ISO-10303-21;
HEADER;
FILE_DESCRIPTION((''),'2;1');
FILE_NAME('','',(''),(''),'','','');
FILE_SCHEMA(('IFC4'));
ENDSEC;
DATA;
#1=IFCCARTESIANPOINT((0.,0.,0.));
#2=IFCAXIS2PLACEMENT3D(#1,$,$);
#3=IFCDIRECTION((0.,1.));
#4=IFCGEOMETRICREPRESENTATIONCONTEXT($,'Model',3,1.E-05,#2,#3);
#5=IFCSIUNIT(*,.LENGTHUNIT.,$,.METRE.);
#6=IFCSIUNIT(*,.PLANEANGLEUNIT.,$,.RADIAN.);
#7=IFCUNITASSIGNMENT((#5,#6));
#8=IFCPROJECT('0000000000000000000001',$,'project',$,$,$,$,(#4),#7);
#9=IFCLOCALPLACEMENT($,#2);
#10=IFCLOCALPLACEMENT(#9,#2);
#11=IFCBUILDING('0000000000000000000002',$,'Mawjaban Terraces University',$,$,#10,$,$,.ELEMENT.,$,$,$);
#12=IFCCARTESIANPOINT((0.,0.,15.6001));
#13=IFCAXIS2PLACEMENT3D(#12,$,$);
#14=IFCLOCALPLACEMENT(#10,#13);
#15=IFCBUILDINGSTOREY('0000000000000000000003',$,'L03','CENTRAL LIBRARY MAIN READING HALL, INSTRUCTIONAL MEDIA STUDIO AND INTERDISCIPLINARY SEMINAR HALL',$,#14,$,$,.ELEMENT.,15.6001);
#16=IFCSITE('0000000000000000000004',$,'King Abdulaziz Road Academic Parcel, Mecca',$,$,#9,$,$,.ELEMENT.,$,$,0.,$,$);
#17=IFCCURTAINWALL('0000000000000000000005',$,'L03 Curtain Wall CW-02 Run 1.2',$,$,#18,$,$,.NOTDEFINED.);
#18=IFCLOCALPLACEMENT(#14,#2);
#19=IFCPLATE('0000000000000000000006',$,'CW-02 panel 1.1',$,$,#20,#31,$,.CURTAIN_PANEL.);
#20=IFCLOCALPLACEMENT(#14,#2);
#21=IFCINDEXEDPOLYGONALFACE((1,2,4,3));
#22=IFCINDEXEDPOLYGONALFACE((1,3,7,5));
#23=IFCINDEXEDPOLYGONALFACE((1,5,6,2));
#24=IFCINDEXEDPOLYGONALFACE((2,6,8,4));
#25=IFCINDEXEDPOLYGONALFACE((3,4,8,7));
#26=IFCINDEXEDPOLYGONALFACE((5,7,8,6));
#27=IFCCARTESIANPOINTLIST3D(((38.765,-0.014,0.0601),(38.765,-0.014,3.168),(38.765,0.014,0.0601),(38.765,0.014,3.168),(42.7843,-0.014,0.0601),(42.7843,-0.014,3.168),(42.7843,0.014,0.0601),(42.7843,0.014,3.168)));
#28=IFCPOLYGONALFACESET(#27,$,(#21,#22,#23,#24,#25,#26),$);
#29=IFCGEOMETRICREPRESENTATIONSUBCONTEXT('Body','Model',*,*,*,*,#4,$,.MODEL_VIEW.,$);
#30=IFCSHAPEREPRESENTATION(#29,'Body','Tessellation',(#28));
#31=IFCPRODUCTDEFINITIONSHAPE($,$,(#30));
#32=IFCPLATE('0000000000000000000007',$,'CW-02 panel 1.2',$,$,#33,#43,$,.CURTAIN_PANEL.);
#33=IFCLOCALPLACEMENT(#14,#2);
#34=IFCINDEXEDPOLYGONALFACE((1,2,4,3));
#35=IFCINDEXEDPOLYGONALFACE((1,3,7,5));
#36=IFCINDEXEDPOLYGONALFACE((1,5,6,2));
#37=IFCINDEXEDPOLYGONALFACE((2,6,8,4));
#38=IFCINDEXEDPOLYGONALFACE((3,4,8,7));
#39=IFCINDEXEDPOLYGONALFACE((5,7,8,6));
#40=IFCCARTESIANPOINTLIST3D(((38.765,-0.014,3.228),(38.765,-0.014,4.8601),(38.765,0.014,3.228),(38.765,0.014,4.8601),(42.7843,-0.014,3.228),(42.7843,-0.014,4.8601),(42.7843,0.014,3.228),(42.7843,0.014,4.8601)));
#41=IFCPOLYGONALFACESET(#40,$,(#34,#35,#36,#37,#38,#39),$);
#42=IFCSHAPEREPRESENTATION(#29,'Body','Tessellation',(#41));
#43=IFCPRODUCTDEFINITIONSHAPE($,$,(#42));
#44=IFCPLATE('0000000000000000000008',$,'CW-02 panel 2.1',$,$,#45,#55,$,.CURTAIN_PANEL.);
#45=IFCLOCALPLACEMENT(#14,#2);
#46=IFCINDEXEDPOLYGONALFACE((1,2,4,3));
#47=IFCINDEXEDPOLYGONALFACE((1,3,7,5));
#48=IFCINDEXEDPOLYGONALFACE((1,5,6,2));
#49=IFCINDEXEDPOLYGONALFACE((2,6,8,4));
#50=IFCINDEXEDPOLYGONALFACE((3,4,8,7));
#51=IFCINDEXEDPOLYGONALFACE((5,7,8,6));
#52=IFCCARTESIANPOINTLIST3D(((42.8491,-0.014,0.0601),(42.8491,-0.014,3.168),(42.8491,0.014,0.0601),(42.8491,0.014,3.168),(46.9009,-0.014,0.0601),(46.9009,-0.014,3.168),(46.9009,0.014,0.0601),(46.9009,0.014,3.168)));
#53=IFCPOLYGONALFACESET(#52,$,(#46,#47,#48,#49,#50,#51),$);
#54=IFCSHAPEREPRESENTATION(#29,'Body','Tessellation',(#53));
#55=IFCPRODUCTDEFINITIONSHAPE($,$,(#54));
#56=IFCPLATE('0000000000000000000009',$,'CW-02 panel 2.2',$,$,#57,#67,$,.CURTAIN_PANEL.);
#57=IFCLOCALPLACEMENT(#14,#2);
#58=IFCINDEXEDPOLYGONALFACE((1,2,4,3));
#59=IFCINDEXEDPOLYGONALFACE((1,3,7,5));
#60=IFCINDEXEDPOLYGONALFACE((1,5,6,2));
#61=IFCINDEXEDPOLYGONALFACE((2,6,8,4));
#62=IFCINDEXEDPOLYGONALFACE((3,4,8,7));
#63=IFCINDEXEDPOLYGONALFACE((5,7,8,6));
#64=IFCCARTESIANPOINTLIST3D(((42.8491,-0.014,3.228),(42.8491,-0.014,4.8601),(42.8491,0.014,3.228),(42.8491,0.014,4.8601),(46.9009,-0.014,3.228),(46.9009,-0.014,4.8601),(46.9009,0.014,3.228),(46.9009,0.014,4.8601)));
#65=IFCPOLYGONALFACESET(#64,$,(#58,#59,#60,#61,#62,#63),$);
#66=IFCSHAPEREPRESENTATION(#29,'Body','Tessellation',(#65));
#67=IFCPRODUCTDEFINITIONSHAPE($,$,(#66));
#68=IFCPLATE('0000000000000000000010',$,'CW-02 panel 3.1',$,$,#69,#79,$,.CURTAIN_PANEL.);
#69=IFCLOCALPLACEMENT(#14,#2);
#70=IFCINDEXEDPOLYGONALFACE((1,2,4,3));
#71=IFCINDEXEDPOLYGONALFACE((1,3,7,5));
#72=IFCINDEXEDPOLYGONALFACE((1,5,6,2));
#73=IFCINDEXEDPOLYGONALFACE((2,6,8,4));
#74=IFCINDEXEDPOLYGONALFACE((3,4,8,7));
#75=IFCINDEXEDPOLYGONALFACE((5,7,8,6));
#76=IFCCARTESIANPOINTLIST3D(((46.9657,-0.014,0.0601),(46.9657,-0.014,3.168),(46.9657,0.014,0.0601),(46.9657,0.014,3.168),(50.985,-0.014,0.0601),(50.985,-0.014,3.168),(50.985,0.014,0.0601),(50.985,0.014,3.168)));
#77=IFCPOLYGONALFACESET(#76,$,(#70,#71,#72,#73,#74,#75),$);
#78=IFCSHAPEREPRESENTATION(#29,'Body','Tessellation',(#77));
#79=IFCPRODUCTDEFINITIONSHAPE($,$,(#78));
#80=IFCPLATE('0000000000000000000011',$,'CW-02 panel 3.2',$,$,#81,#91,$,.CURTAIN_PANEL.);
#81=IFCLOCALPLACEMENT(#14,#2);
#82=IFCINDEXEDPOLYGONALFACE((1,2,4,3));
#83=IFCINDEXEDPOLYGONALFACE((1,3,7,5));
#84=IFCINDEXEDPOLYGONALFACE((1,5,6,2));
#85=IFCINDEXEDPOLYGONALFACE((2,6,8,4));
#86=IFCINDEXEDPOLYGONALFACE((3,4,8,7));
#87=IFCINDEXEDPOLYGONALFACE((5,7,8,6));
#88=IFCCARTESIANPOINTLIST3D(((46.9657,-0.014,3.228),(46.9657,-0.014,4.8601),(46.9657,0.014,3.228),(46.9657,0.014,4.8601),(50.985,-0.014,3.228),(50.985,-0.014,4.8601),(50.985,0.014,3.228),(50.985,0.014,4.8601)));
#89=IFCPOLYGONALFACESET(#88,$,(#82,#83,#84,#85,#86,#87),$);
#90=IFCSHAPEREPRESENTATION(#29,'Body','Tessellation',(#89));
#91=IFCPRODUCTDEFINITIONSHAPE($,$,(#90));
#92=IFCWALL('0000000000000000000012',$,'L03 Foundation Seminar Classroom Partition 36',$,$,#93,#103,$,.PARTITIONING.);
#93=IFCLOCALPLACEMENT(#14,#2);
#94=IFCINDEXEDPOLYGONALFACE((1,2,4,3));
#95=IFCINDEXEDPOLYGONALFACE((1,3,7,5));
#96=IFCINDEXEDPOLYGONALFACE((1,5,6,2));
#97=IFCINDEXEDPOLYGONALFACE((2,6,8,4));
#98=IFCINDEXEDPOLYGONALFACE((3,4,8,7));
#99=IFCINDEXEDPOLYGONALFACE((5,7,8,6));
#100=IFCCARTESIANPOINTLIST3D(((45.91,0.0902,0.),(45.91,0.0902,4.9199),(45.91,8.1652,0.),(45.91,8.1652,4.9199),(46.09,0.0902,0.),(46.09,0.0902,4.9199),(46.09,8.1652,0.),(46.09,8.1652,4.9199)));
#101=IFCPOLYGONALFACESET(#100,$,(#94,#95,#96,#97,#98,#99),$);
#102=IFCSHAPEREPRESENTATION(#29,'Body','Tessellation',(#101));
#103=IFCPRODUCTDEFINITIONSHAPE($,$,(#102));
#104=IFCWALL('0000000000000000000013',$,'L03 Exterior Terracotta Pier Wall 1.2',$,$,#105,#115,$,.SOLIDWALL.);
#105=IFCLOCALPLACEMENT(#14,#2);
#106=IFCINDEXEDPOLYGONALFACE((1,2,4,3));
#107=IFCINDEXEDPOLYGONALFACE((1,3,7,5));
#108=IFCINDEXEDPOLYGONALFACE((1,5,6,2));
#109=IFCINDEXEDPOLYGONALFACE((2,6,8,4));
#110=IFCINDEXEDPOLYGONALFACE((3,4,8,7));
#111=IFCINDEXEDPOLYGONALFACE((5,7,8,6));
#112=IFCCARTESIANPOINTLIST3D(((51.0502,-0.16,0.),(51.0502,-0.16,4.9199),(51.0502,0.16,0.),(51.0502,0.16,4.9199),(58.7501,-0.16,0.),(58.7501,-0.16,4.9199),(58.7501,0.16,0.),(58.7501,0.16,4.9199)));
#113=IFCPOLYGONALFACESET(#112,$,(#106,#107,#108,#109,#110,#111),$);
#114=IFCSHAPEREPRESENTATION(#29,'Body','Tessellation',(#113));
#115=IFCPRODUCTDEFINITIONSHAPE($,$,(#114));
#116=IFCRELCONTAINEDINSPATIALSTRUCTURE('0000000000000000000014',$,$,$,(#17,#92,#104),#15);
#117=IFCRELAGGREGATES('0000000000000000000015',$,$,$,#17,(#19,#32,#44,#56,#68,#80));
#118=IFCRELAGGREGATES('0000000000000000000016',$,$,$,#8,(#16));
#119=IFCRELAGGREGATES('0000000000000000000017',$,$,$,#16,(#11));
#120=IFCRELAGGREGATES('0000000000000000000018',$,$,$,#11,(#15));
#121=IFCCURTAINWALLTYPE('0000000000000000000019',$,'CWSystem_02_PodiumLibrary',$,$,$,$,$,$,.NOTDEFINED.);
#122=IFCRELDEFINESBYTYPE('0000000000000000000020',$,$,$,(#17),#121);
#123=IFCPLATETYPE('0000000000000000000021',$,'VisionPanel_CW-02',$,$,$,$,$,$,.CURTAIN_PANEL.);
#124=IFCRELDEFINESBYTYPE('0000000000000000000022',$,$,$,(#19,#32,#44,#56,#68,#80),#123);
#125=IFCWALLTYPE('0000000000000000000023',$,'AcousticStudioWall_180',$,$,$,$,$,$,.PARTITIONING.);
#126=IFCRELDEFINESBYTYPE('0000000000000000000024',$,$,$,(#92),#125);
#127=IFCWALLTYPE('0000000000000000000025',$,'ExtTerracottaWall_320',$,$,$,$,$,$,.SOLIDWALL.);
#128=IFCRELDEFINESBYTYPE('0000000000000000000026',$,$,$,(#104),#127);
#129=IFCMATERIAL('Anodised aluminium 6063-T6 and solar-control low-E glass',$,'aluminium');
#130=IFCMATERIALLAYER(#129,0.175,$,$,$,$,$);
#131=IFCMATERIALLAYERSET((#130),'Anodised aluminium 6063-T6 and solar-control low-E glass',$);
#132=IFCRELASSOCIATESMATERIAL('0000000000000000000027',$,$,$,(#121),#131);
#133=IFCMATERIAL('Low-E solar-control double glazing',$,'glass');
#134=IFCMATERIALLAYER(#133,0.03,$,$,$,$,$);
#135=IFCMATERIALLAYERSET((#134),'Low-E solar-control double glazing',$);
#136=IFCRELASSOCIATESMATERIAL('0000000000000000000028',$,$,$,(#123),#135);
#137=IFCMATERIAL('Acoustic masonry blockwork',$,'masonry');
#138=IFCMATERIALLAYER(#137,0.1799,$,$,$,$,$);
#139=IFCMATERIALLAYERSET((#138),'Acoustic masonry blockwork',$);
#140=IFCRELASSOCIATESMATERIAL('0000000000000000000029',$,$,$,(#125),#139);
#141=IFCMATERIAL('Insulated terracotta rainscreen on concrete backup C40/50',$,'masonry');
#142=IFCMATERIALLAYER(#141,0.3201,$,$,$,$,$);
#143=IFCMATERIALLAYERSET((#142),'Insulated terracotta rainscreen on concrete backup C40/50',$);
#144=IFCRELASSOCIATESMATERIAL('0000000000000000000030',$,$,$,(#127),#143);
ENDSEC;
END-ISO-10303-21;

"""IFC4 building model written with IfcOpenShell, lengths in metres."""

from ifc_helpers import new_model, si_unit, direction, frame, frame_2d, origin, origin_2d, place, context, subcontext, project, spatial, rectangle, extrude, material, layer, layer_set, type_object, element, aggregate, save


model = new_model("IFC4")

# Units and contexts
model_context = context("Model", 3, precision=1e-05, world=origin(), true_north=direction((0.0, 1.0)))
body_context = subcontext(model_context, "Body", "Model", "MODEL_VIEW")
ifc_project = project(units=[si_unit("LENGTHUNIT", "METRE"), si_unit("PLANEANGLEUNIT", "RADIAN")], contexts=[model_context])

# Site, building, storey
site_placement = place(None, origin())
site = spatial("IfcSite", under=ifc_project, at=site_placement, Name="King Abdulaziz Road Academic Parcel, Mecca", CompositionType="ELEMENT", RefElevation=0.0)
building_placement = place(site_placement, origin())
building = spatial("IfcBuilding", under=site, at=building_placement, Name="Mawjaban Terraces University", CompositionType="ELEMENT")
storey_placement = place(building_placement, frame((0.0, 0.0, 15.6001)))
storey = spatial("IfcBuildingStorey", under=building, at=storey_placement, Name="L03", Description="CENTRAL LIBRARY MAIN READING HALL, INSTRUCTIONAL MEDIA STUDIO AND INTERDISCIPLINARY SEMINAR HALL", CompositionType="ELEMENT", Elevation=15.6001)

# Curtain wall, plates
ifc_material_1 = material(Name="Anodised aluminium 6063-T6 and solar-control low-E glass", Category="aluminium")
ifc_layer_1 = layer(ifc_material_1, 0.175)
ifc_layer_set_1 = layer_set([ifc_layer_1], Name="Anodised aluminium 6063-T6 and solar-control low-E glass")
curtain_wall_type = type_object("IfcCurtainWallType", Name="CWSystem_02_PodiumLibrary", PredefinedType="NOTDEFINED", material=ifc_layer_set_1)
curtain_wall_placement = place(storey_placement, origin())
curtain_wall = element("IfcCurtainWall", 1, at=curtain_wall_placement, inside=storey, type_object=curtain_wall_type, Name="L03 Curtain Wall CW-02 Run 1.2", PredefinedType="NOTDEFINED")
ifc_material_2 = material(Name="Low-E solar-control double glazing", Category="glass")
ifc_layer_2 = layer(ifc_material_2, 0.03)
ifc_layer_set_2 = layer_set([ifc_layer_2], Name="Low-E solar-control double glazing")
plate_type = type_object("IfcPlateType", Name="VisionPanel_CW-02", PredefinedType="CURTAIN_PANEL", material=ifc_layer_set_2)
plate_1_placement = place(storey_placement, frame((40.7747, 0.0, 0.0601), z_axis=(0.0, 0.0, 1.0), x_axis=(1.0, 0.0, 0.0)))
plate_1 = element("IfcPlate", 2, at=plate_1_placement, type_object=plate_type, Name="CW-02 panel 1.1", PredefinedType="CURTAIN_PANEL", context=body_context, shape_type="SweptSolid", body=[
    extrude(rectangle(XDim=4.0193, YDim=0.0281, at=origin_2d()), origin(), (0.0, 0.0, 1.0), 3.1079),
])
plate_2_placement = place(storey_placement, frame((40.7747, 0.0, 3.228), z_axis=(0.0, 0.0, 1.0), x_axis=(1.0, 0.0, 0.0)))
plate_2 = element("IfcPlate", 3, at=plate_2_placement, type_object=plate_type, Name="CW-02 panel 1.2", PredefinedType="CURTAIN_PANEL", context=body_context, shape_type="SweptSolid", body=[
    extrude(rectangle(XDim=4.0193, YDim=0.0281, at=origin_2d()), origin(), (0.0, 0.0, 1.0), 1.6321),
])
plate_3_placement = place(storey_placement, frame((44.875, 0.0, 0.0601), z_axis=(0.0, 0.0, 1.0), x_axis=(1.0, 0.0, 0.0)))
plate_3 = element("IfcPlate", 4, at=plate_3_placement, type_object=plate_type, Name="CW-02 panel 2.1", PredefinedType="CURTAIN_PANEL", context=body_context, shape_type="SweptSolid", body=[
    extrude(rectangle(XDim=4.0518, YDim=0.0281, at=origin_2d()), origin(), (0.0, 0.0, 1.0), 3.1079),
])
plate_4_placement = place(storey_placement, frame((44.875, 0.0, 3.228), z_axis=(0.0, 0.0, 1.0), x_axis=(1.0, 0.0, 0.0)))
plate_4 = element("IfcPlate", 5, at=plate_4_placement, type_object=plate_type, Name="CW-02 panel 2.2", PredefinedType="CURTAIN_PANEL", context=body_context, shape_type="SweptSolid", body=[
    extrude(rectangle(XDim=4.0518, YDim=0.0281, at=origin_2d()), origin(), (0.0, 0.0, 1.0), 1.6321),
])
plate_5_placement = place(storey_placement, frame((48.9753, 0.0, 0.0601), z_axis=(0.0, 0.0, 1.0), x_axis=(1.0, 0.0, 0.0)))
plate_5 = element("IfcPlate", 6, at=plate_5_placement, type_object=plate_type, Name="CW-02 panel 3.1", PredefinedType="CURTAIN_PANEL", context=body_context, shape_type="SweptSolid", body=[
    extrude(rectangle(XDim=4.0193, YDim=0.0281, at=origin_2d()), origin(), (0.0, 0.0, 1.0), 3.1079),
])
plate_6_placement = place(storey_placement, frame((48.9753, 0.0, 3.228), z_axis=(0.0, 0.0, 1.0), x_axis=(1.0, 0.0, 0.0)))
plate_6 = element("IfcPlate", 7, at=plate_6_placement, type_object=plate_type, Name="CW-02 panel 3.2", PredefinedType="CURTAIN_PANEL", context=body_context, shape_type="SweptSolid", body=[
    extrude(rectangle(XDim=4.0193, YDim=0.0281, at=origin_2d()), origin(), (0.0, 0.0, 1.0), 1.6321),
])
aggregate(curtain_wall, [plate_1, plate_2, plate_3, plate_4, plate_5, plate_6])

# Walls
ifc_material_3 = material(Name="Acoustic masonry blockwork", Category="masonry")
ifc_layer_3 = layer(ifc_material_3, 0.1799)
ifc_layer_set_3 = layer_set([ifc_layer_3], Name="Acoustic masonry blockwork")
wall_type_1 = type_object("IfcWallType", Name="AcousticStudioWall_180", PredefinedType="PARTITIONING", material=ifc_layer_set_3)
wall_1_placement = place(storey_placement, frame((46.0, 0.0901, 0.0), z_axis=(0.0, 0.0, 1.0), x_axis=(0.0, 1.0, 0.0)))
element("IfcWall", 8, at=wall_1_placement, inside=storey, type_object=wall_type_1, Name="L03 Foundation Seminar Classroom Partition 36", PredefinedType="PARTITIONING", context=body_context, shape_type="SweptSolid", body=[
    extrude(rectangle(XDim=8.075, YDim=0.1799, at=frame_2d((4.0376, 0.0))), origin(), (0.0, 0.0, 1.0), 4.9199),
])
ifc_material_4 = material(Name="Insulated terracotta rainscreen on concrete backup C40/50", Category="masonry")
ifc_layer_4 = layer(ifc_material_4, 0.3201)
ifc_layer_set_4 = layer_set([ifc_layer_4], Name="Insulated terracotta rainscreen on concrete backup C40/50")
wall_type_2 = type_object("IfcWallType", Name="ExtTerracottaWall_320", PredefinedType="SOLIDWALL", material=ifc_layer_set_4)
wall_2_placement = place(storey_placement, frame((51.05, 0.0, 0.0), z_axis=(0.0, 0.0, 1.0), x_axis=(1.0, 0.0, 0.0)))
element("IfcWall", 9, at=wall_2_placement, inside=storey, type_object=wall_type_2, Name="L03 Exterior Terracotta Pier Wall 1.2", PredefinedType="SOLIDWALL", context=body_context, shape_type="SweptSolid", body=[
    extrude(rectangle(XDim=7.7, YDim=0.3201, at=frame_2d((3.8501, 0.0))), origin(), (0.0, 0.0, 1.0), 4.9199),
])

save(model, "model.ifc")
